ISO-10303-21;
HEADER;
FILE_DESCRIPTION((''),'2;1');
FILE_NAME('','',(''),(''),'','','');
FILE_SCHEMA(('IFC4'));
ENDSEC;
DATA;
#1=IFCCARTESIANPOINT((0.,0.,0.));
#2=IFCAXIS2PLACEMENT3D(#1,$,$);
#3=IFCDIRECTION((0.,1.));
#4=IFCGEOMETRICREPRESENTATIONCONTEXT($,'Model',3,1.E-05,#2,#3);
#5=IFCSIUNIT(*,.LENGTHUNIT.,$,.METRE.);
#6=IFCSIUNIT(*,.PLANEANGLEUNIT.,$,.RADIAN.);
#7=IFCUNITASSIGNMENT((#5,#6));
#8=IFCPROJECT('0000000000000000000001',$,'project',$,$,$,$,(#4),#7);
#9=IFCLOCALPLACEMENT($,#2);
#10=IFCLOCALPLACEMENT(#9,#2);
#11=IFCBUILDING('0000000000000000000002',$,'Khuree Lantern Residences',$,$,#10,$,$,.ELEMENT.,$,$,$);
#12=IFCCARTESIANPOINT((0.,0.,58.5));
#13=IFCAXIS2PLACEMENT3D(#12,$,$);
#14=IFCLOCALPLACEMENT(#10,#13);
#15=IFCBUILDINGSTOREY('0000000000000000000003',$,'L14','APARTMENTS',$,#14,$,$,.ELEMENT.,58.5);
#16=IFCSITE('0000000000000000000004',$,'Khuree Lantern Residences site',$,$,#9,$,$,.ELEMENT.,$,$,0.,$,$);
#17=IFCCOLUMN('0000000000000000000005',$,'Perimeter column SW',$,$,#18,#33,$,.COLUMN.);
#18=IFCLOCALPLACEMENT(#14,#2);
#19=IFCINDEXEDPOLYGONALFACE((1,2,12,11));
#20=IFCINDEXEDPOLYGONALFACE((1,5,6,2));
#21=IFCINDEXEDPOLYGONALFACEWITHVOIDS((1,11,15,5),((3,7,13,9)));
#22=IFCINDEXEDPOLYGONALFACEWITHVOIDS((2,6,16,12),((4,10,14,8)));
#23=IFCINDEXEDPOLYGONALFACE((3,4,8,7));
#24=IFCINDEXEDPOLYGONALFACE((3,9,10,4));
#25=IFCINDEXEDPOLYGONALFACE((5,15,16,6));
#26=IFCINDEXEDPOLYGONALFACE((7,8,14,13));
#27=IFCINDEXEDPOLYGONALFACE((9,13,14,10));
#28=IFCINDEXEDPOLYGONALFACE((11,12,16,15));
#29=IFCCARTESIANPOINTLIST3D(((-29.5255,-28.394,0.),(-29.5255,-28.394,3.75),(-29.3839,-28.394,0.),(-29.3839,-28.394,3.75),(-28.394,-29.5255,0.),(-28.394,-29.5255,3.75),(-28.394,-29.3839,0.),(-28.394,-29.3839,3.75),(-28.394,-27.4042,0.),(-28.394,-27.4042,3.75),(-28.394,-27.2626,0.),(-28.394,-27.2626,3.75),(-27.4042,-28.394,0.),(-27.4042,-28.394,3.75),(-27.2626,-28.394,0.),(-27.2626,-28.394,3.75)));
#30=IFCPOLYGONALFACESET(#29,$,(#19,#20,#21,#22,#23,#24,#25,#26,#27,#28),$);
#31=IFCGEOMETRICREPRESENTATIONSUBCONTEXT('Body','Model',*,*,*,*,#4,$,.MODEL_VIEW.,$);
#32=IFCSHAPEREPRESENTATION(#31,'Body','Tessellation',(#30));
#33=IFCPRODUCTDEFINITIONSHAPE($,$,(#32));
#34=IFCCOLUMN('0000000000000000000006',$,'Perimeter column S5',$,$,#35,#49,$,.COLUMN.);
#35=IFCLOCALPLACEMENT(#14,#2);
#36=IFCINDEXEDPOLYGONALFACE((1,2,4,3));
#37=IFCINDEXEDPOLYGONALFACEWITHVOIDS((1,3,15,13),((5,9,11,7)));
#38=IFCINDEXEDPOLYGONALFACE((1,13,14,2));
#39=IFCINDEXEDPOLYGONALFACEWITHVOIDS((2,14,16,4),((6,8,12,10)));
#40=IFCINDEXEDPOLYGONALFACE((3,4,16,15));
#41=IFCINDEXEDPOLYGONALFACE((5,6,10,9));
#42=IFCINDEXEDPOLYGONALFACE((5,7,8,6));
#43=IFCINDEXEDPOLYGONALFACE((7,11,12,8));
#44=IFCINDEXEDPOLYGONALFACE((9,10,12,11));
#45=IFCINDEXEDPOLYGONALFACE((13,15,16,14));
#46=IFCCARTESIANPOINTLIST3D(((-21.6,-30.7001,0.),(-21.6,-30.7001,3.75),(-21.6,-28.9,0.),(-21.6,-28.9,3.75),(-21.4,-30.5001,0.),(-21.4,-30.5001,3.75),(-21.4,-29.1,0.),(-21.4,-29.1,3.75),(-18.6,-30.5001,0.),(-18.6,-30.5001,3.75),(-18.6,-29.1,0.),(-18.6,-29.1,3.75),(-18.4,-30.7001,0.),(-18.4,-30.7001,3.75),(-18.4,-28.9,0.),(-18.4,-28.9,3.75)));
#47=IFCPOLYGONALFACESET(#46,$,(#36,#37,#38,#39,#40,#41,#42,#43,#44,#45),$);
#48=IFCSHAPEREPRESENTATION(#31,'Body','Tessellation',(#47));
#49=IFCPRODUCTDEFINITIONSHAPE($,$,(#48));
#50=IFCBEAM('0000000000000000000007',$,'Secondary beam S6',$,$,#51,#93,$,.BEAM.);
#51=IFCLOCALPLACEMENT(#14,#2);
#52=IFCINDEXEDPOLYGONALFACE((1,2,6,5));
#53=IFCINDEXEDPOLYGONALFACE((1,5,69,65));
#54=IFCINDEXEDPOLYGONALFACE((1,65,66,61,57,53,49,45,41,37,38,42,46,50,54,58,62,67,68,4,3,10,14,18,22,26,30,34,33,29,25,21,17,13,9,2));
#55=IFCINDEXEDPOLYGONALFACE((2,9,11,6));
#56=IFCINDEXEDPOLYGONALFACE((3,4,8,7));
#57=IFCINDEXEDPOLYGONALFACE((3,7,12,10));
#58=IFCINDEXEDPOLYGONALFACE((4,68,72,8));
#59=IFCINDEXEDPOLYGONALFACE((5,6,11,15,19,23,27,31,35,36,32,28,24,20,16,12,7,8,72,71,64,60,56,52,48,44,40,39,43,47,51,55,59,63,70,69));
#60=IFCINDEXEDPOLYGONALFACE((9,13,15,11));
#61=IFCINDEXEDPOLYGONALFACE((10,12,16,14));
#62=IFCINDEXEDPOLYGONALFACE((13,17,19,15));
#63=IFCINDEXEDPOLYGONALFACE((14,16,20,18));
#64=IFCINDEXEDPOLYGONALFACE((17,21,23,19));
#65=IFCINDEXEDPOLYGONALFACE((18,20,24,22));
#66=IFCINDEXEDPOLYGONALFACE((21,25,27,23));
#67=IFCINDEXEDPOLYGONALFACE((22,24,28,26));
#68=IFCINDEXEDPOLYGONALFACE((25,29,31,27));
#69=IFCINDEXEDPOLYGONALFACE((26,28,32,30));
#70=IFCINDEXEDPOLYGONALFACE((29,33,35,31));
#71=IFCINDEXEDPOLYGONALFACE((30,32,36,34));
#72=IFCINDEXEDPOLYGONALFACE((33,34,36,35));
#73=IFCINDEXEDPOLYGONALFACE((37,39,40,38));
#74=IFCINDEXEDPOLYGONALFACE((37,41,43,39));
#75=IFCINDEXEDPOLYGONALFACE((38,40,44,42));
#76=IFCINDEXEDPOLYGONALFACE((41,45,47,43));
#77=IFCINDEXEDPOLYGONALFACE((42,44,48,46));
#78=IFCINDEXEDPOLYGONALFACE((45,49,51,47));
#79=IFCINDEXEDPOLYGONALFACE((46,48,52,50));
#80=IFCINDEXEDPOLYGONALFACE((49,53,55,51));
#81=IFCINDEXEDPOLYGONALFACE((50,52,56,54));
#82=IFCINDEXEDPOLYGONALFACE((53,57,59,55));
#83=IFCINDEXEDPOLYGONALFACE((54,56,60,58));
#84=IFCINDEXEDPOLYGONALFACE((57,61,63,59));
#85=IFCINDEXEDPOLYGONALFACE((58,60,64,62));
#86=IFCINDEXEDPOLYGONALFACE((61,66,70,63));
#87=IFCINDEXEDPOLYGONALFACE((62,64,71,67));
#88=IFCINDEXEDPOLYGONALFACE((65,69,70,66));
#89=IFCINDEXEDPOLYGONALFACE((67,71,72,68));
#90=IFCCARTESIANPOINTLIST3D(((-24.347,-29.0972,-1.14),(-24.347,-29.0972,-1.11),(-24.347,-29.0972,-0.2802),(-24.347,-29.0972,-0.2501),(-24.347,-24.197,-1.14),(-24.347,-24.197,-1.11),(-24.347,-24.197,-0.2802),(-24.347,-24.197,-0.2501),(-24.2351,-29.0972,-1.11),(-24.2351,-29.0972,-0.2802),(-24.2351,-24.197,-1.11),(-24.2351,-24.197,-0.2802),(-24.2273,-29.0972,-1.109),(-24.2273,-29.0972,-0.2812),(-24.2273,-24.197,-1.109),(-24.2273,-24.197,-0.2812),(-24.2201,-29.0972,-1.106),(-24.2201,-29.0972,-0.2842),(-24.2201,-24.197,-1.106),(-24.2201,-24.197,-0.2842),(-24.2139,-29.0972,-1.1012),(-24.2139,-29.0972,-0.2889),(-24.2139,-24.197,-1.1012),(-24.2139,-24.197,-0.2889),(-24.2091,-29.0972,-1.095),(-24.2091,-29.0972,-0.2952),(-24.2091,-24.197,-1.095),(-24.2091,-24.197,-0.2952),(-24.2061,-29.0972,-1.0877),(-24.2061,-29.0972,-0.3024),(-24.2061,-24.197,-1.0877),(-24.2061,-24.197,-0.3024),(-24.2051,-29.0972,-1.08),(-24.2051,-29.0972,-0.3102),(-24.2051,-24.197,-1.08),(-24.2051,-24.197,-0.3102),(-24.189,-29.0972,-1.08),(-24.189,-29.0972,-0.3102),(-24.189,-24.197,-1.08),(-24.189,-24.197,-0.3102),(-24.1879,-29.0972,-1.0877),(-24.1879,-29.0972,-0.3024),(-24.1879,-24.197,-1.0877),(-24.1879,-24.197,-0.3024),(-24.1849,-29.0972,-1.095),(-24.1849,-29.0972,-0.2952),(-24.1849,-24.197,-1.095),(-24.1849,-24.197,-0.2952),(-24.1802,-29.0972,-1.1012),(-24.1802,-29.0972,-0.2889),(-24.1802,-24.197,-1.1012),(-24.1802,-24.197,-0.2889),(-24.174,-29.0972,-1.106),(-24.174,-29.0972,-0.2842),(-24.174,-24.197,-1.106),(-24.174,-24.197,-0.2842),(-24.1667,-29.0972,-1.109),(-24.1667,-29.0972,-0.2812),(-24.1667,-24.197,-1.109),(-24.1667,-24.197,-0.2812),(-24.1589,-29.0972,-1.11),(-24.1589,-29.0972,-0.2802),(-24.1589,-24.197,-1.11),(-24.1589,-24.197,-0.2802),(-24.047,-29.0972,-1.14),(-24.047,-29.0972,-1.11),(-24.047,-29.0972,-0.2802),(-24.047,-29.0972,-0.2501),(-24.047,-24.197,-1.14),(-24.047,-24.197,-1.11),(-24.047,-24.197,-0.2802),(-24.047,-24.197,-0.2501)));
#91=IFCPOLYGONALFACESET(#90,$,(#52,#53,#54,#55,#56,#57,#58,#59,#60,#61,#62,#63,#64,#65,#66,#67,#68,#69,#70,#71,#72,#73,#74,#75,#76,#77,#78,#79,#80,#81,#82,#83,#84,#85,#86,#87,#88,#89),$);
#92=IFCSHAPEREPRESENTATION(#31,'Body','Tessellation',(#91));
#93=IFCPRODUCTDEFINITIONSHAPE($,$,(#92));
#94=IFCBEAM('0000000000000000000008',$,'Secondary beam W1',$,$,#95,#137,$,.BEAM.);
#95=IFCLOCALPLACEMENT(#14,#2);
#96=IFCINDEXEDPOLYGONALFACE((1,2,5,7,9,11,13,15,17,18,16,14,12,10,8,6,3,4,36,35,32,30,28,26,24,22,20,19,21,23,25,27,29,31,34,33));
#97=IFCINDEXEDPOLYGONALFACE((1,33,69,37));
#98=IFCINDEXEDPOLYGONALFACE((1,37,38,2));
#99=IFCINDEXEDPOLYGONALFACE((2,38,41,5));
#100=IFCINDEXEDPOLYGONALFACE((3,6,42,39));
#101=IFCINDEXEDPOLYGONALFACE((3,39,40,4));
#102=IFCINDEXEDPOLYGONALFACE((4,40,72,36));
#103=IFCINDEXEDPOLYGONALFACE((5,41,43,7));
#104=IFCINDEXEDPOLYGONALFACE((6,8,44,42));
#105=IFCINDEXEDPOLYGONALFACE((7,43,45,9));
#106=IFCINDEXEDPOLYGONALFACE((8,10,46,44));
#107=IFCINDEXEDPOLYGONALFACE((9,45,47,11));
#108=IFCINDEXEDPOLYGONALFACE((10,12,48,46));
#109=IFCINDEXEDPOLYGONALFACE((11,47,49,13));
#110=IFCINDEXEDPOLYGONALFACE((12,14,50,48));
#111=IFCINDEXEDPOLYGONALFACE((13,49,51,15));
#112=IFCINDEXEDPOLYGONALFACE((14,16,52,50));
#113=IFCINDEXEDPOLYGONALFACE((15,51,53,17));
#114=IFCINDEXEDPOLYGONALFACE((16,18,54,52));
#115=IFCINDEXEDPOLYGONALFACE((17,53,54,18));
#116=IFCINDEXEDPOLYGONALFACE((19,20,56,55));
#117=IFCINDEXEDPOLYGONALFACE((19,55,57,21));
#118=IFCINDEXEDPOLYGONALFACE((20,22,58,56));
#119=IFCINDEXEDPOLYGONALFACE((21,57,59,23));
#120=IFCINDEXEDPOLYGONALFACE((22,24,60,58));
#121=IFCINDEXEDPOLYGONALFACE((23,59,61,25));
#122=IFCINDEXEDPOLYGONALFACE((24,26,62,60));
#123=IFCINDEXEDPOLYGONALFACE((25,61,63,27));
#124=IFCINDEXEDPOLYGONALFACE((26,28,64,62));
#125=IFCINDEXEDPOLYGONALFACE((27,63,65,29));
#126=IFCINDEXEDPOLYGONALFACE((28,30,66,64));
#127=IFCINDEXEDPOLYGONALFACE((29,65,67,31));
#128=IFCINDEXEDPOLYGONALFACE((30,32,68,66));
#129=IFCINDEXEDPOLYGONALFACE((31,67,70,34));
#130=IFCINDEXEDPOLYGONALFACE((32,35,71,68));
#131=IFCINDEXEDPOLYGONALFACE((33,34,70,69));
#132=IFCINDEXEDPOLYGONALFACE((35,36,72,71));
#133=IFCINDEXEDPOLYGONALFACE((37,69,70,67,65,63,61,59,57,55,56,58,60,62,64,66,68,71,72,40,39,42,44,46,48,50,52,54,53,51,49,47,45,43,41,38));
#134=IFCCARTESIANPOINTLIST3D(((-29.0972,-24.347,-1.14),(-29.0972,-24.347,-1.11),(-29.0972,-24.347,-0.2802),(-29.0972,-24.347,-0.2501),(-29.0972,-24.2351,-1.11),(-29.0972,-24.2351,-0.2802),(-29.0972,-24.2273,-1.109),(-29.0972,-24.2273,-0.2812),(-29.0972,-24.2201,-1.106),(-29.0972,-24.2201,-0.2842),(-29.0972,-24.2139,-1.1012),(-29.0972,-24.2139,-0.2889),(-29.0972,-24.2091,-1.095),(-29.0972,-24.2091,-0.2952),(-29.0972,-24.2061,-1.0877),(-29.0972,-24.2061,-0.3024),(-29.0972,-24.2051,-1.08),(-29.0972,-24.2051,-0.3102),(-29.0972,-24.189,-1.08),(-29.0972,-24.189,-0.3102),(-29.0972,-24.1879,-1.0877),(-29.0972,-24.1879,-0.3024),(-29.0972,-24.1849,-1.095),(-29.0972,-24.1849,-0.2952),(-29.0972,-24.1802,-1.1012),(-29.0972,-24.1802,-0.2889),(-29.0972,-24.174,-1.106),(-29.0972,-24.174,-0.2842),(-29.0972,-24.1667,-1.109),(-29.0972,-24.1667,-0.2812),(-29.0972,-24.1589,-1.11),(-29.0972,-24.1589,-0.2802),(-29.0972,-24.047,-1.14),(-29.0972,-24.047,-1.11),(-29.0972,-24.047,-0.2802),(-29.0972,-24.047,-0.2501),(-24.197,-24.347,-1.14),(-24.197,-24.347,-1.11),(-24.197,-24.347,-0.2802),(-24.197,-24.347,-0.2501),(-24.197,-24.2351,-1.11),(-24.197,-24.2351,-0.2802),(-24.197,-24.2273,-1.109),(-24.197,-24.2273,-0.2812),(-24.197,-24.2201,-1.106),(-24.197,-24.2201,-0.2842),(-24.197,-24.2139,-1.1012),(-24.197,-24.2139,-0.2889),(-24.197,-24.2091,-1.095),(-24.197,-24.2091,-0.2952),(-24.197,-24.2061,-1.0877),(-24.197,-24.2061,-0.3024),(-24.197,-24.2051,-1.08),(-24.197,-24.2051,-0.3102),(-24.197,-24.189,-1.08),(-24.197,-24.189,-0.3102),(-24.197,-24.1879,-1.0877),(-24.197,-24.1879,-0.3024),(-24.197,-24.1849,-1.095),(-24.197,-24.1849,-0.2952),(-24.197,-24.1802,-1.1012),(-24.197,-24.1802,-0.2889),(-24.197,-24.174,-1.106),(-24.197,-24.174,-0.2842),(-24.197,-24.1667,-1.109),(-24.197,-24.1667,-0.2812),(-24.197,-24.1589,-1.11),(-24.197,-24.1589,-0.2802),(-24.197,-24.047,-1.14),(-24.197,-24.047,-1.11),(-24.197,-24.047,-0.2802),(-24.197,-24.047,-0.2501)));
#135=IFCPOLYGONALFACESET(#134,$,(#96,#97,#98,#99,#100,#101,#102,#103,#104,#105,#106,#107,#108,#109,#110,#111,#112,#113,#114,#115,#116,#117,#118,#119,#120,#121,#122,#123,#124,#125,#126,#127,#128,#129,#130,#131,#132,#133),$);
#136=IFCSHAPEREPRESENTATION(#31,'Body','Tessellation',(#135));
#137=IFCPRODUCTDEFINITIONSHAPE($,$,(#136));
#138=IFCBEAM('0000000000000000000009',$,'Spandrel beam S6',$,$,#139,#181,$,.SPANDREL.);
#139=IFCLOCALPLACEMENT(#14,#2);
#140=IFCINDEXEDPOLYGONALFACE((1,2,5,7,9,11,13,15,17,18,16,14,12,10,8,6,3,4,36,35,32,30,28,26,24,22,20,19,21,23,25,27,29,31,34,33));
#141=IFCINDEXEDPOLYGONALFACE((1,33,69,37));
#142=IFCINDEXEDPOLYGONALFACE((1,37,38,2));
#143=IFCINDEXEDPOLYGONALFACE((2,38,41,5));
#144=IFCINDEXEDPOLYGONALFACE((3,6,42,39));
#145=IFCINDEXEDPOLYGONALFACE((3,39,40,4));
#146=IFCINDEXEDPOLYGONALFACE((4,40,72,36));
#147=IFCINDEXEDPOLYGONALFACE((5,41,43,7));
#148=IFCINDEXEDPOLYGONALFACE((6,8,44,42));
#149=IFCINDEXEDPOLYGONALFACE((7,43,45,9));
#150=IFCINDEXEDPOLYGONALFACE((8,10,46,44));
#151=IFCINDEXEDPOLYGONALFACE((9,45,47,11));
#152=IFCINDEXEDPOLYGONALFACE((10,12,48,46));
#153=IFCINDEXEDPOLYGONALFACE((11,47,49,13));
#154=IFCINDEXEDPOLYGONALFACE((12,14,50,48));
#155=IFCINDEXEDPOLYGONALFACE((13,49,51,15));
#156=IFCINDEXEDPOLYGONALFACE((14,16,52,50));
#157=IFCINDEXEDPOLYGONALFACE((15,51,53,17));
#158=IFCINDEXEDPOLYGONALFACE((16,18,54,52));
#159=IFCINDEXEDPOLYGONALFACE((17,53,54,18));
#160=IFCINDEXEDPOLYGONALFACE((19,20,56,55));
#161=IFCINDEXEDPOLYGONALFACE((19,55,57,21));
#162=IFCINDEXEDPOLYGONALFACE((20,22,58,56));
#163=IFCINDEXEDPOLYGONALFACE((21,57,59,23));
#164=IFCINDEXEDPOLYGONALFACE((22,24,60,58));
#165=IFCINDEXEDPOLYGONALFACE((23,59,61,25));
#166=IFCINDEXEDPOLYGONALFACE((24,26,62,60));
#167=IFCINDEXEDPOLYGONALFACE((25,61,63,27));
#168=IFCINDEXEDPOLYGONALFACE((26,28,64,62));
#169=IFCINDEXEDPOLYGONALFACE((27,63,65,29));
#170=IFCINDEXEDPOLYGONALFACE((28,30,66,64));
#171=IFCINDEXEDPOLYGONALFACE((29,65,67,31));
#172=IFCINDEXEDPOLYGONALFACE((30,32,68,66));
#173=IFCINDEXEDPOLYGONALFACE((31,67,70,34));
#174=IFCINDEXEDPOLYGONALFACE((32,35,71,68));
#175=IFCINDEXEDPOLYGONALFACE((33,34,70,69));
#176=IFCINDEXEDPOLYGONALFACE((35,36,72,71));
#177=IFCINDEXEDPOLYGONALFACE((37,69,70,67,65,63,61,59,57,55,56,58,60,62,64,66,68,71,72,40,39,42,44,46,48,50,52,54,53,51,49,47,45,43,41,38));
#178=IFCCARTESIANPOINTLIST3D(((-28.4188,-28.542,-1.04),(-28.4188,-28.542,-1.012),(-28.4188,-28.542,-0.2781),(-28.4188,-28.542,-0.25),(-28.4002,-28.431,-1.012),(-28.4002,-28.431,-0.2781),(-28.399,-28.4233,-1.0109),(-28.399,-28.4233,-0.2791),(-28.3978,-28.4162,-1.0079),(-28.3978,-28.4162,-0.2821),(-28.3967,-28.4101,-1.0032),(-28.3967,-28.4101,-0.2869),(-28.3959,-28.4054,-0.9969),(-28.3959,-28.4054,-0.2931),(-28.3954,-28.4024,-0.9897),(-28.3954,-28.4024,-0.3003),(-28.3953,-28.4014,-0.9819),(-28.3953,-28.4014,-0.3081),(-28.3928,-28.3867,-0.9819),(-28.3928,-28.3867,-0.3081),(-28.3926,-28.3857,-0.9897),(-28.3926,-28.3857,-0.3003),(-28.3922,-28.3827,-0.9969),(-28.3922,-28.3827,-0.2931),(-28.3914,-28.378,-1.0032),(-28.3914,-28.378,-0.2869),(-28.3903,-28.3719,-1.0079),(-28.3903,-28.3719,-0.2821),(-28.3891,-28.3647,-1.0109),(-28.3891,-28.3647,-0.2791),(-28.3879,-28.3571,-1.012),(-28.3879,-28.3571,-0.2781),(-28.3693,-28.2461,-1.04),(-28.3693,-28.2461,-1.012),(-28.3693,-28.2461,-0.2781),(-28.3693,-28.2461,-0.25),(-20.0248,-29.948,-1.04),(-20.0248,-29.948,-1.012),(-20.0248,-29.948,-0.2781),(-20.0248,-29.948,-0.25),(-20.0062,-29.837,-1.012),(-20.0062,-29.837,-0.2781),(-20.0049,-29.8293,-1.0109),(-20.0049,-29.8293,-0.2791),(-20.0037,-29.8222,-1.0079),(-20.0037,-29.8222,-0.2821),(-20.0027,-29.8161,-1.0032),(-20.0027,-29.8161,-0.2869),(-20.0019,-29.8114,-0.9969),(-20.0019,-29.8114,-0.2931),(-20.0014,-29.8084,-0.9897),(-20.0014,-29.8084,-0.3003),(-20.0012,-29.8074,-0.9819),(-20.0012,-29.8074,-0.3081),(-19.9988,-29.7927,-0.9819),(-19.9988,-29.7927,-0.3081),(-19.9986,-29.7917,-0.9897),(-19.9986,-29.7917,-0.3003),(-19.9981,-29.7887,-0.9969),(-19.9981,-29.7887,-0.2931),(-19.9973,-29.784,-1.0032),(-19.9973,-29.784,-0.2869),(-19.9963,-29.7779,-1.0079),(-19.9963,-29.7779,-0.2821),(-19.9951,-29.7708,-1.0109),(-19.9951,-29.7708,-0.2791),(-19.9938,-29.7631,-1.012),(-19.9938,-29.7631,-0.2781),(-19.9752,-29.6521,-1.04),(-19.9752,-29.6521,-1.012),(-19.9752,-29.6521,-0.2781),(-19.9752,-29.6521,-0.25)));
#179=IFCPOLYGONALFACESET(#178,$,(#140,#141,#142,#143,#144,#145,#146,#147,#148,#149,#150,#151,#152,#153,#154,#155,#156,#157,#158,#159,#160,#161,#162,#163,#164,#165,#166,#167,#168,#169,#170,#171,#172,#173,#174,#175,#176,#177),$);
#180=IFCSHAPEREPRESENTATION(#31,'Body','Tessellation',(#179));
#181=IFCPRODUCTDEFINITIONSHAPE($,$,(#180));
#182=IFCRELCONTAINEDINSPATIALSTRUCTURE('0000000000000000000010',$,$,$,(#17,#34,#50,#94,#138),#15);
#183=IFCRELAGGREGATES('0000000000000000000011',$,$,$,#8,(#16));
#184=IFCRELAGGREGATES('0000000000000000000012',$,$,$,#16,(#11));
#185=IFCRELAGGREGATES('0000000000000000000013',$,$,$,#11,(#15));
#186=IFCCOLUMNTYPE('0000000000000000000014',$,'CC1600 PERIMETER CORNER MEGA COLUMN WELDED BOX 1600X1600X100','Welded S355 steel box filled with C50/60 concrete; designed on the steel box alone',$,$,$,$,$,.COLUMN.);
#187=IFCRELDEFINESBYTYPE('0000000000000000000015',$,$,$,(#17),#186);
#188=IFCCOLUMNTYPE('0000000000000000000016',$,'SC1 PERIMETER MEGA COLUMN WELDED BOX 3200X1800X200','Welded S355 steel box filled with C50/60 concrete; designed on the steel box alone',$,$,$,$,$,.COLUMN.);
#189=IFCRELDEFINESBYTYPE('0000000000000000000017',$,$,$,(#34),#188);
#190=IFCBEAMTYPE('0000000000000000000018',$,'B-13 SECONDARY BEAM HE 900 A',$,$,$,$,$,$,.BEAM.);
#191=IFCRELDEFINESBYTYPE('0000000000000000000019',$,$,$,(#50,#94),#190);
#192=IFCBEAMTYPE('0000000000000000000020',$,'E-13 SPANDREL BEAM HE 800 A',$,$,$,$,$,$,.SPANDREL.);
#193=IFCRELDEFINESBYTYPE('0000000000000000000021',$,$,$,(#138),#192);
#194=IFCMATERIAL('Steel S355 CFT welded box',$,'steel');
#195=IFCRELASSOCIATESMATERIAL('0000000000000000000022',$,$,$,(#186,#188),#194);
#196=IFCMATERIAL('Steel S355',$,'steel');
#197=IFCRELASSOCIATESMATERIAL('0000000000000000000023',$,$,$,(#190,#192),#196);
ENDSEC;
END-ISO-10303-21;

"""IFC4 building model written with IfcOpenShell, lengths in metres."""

from ifc_helpers import new_model, si_unit, direction, frame, origin, origin_2d, place, context, subcontext, project, spatial, hollow_rectangle, i_section, extrude, material, material_profile, profile_set, type_object, element, save


model = new_model("IFC4")

# Units and contexts
model_context = context("Model", 3, precision=1e-05, world=origin(), true_north=direction((0.0, 1.0)))
body_context = subcontext(model_context, "Body", "Model", "MODEL_VIEW")
ifc_project = project(units=[si_unit("LENGTHUNIT", "METRE"), si_unit("PLANEANGLEUNIT", "RADIAN")], contexts=[model_context])

# Site, building, storey
site_placement = place(None, origin())
site = spatial("IfcSite", under=ifc_project, at=site_placement, Name="Khuree Lantern Residences site", CompositionType="ELEMENT", RefElevation=0.0)
building_placement = place(site_placement, origin())
building = spatial("IfcBuilding", under=site, at=building_placement, Name="Khuree Lantern Residences", CompositionType="ELEMENT")
storey_placement = place(building_placement, frame((0.0, 0.0, 58.5)))
storey = spatial("IfcBuildingStorey", under=building, at=storey_placement, Name="L14", Description="APARTMENTS", CompositionType="ELEMENT", Elevation=58.5)

# Columns
ifc_material_1 = material(Name="Steel S355 CFT welded box", Category="steel")
ifc_material_profile_1 = material_profile(ifc_material_1, hollow_rectangle(XDim=1.6001, YDim=1.6001, WallThickness=0.1001, at=origin_2d()), Name="WELDED BOX 1600X1600X100")
ifc_profile_set_1 = profile_set([ifc_material_profile_1], Name="Steel S355 CFT welded box")
column_type_1 = type_object("IfcColumnType", Name="CC1600 PERIMETER CORNER MEGA COLUMN WELDED BOX 1600X1600X100", Description="Welded S355 steel box filled with C50/60 concrete; designed on the steel box alone", PredefinedType="COLUMN", material=ifc_profile_set_1)
column_1_placement = place(storey_placement, frame((-28.394, -28.394, 0.0), z_axis=(0.0, 0.0, 1.0), x_axis=(0.707107, -0.707107, 0.0)))
element("IfcColumn", 1, at=column_1_placement, inside=storey, type_object=column_type_1, Name="Perimeter column SW", PredefinedType="COLUMN", context=body_context, shape_type="SweptSolid", body=[
    extrude(hollow_rectangle(XDim=1.6001, YDim=1.6001, WallThickness=0.1001, at=origin_2d()), origin(), (0.0, 0.0, 1.0), 3.75),
])
ifc_material_profile_2 = material_profile(ifc_material_1, hollow_rectangle(XDim=3.2, YDim=1.8, WallThickness=0.2, at=origin_2d()), Name="WELDED BOX 3200X1800X200")
ifc_profile_set_2 = profile_set([ifc_material_profile_2], Name="Steel S355 CFT welded box")
column_type_2 = type_object("IfcColumnType", Name="SC1 PERIMETER MEGA COLUMN WELDED BOX 3200X1800X200", Description="Welded S355 steel box filled with C50/60 concrete; designed on the steel box alone", PredefinedType="COLUMN", material=ifc_profile_set_2)
column_2_placement = place(storey_placement, frame((-20.0, -29.8, 0.0), z_axis=(0.0, 0.0, 1.0), x_axis=(1.0, 0.0, 0.0)))
element("IfcColumn", 2, at=column_2_placement, inside=storey, type_object=column_type_2, Name="Perimeter column S5", PredefinedType="COLUMN", context=body_context, shape_type="SweptSolid", body=[
    extrude(hollow_rectangle(XDim=3.2, YDim=1.8, WallThickness=0.2, at=origin_2d()), origin(), (0.0, 0.0, 1.0), 3.75),
])

# Beams
ifc_material_2 = material(Name="Steel S355", Category="steel")
ifc_material_profile_3 = material_profile(ifc_material_2, i_section(OverallWidth=0.3, OverallDepth=0.8899, WebThickness=0.0161, FlangeThickness=0.03, FilletRadius=0.03, at=origin_2d()), Name="HE 900 A")
ifc_profile_set_3 = profile_set([ifc_material_profile_3], Name="Steel S355")
beam_type_1 = type_object("IfcBeamType", Name="B-13 SECONDARY BEAM HE 900 A", PredefinedType="BEAM", material=ifc_profile_set_3)
for number, where, z_axis, x_axis, name in (
    (3, (-24.197, -29.0972, -0.6951), (0.0, 1.0, 0.0), (-1.0, 0.0, 0.0), "Secondary beam S6"),
    (4, (-29.0972, -24.197, -0.6951), (1.0, 0.0, 0.0), (0.0, 1.0, 0.0), "Secondary beam W1"),
):
    element("IfcBeam", number, at=place(storey_placement, frame(where, z_axis=z_axis, x_axis=x_axis)), inside=storey, type_object=beam_type_1, Name=name, PredefinedType="BEAM", context=body_context, shape_type="SweptSolid", body=[
        extrude(i_section(OverallWidth=0.3, OverallDepth=0.8899, WebThickness=0.0161, FlangeThickness=0.03, FilletRadius=0.03, at=origin_2d()), origin(), (0.0, 0.0, 1.0), 4.9001),
    ])
ifc_material_profile_4 = material_profile(ifc_material_2, i_section(OverallWidth=0.3, OverallDepth=0.79, WebThickness=0.0149, FlangeThickness=0.0281, FilletRadius=0.03, at=origin_2d()), Name="HE 800 A")
ifc_profile_set_4 = profile_set([ifc_material_profile_4], Name="Steel S355")
beam_type_2 = type_object("IfcBeamType", Name="E-13 SPANDREL BEAM HE 800 A", PredefinedType="SPANDREL", material=ifc_profile_set_4)
for number, where, z_axis, x_axis, name in (
    (5, (-20.0, -29.8, -0.645), (-0.98626, 0.165199, 0.0), (-0.165199, -0.98626, 0.0), "Spandrel beam S6"),
):
    element("IfcBeam", number, at=place(storey_placement, frame(where, z_axis=z_axis, x_axis=x_axis)), inside=storey, type_object=beam_type_2, Name=name, PredefinedType="SPANDREL", context=body_context, shape_type="SweptSolid", body=[
        extrude(i_section(OverallWidth=0.3, OverallDepth=0.79, WebThickness=0.0149, FlangeThickness=0.0281, FilletRadius=0.03, at=origin_2d()), origin(), (0.0, 0.0, 1.0), 8.511),
    ])

save(model, "model.ifc")
